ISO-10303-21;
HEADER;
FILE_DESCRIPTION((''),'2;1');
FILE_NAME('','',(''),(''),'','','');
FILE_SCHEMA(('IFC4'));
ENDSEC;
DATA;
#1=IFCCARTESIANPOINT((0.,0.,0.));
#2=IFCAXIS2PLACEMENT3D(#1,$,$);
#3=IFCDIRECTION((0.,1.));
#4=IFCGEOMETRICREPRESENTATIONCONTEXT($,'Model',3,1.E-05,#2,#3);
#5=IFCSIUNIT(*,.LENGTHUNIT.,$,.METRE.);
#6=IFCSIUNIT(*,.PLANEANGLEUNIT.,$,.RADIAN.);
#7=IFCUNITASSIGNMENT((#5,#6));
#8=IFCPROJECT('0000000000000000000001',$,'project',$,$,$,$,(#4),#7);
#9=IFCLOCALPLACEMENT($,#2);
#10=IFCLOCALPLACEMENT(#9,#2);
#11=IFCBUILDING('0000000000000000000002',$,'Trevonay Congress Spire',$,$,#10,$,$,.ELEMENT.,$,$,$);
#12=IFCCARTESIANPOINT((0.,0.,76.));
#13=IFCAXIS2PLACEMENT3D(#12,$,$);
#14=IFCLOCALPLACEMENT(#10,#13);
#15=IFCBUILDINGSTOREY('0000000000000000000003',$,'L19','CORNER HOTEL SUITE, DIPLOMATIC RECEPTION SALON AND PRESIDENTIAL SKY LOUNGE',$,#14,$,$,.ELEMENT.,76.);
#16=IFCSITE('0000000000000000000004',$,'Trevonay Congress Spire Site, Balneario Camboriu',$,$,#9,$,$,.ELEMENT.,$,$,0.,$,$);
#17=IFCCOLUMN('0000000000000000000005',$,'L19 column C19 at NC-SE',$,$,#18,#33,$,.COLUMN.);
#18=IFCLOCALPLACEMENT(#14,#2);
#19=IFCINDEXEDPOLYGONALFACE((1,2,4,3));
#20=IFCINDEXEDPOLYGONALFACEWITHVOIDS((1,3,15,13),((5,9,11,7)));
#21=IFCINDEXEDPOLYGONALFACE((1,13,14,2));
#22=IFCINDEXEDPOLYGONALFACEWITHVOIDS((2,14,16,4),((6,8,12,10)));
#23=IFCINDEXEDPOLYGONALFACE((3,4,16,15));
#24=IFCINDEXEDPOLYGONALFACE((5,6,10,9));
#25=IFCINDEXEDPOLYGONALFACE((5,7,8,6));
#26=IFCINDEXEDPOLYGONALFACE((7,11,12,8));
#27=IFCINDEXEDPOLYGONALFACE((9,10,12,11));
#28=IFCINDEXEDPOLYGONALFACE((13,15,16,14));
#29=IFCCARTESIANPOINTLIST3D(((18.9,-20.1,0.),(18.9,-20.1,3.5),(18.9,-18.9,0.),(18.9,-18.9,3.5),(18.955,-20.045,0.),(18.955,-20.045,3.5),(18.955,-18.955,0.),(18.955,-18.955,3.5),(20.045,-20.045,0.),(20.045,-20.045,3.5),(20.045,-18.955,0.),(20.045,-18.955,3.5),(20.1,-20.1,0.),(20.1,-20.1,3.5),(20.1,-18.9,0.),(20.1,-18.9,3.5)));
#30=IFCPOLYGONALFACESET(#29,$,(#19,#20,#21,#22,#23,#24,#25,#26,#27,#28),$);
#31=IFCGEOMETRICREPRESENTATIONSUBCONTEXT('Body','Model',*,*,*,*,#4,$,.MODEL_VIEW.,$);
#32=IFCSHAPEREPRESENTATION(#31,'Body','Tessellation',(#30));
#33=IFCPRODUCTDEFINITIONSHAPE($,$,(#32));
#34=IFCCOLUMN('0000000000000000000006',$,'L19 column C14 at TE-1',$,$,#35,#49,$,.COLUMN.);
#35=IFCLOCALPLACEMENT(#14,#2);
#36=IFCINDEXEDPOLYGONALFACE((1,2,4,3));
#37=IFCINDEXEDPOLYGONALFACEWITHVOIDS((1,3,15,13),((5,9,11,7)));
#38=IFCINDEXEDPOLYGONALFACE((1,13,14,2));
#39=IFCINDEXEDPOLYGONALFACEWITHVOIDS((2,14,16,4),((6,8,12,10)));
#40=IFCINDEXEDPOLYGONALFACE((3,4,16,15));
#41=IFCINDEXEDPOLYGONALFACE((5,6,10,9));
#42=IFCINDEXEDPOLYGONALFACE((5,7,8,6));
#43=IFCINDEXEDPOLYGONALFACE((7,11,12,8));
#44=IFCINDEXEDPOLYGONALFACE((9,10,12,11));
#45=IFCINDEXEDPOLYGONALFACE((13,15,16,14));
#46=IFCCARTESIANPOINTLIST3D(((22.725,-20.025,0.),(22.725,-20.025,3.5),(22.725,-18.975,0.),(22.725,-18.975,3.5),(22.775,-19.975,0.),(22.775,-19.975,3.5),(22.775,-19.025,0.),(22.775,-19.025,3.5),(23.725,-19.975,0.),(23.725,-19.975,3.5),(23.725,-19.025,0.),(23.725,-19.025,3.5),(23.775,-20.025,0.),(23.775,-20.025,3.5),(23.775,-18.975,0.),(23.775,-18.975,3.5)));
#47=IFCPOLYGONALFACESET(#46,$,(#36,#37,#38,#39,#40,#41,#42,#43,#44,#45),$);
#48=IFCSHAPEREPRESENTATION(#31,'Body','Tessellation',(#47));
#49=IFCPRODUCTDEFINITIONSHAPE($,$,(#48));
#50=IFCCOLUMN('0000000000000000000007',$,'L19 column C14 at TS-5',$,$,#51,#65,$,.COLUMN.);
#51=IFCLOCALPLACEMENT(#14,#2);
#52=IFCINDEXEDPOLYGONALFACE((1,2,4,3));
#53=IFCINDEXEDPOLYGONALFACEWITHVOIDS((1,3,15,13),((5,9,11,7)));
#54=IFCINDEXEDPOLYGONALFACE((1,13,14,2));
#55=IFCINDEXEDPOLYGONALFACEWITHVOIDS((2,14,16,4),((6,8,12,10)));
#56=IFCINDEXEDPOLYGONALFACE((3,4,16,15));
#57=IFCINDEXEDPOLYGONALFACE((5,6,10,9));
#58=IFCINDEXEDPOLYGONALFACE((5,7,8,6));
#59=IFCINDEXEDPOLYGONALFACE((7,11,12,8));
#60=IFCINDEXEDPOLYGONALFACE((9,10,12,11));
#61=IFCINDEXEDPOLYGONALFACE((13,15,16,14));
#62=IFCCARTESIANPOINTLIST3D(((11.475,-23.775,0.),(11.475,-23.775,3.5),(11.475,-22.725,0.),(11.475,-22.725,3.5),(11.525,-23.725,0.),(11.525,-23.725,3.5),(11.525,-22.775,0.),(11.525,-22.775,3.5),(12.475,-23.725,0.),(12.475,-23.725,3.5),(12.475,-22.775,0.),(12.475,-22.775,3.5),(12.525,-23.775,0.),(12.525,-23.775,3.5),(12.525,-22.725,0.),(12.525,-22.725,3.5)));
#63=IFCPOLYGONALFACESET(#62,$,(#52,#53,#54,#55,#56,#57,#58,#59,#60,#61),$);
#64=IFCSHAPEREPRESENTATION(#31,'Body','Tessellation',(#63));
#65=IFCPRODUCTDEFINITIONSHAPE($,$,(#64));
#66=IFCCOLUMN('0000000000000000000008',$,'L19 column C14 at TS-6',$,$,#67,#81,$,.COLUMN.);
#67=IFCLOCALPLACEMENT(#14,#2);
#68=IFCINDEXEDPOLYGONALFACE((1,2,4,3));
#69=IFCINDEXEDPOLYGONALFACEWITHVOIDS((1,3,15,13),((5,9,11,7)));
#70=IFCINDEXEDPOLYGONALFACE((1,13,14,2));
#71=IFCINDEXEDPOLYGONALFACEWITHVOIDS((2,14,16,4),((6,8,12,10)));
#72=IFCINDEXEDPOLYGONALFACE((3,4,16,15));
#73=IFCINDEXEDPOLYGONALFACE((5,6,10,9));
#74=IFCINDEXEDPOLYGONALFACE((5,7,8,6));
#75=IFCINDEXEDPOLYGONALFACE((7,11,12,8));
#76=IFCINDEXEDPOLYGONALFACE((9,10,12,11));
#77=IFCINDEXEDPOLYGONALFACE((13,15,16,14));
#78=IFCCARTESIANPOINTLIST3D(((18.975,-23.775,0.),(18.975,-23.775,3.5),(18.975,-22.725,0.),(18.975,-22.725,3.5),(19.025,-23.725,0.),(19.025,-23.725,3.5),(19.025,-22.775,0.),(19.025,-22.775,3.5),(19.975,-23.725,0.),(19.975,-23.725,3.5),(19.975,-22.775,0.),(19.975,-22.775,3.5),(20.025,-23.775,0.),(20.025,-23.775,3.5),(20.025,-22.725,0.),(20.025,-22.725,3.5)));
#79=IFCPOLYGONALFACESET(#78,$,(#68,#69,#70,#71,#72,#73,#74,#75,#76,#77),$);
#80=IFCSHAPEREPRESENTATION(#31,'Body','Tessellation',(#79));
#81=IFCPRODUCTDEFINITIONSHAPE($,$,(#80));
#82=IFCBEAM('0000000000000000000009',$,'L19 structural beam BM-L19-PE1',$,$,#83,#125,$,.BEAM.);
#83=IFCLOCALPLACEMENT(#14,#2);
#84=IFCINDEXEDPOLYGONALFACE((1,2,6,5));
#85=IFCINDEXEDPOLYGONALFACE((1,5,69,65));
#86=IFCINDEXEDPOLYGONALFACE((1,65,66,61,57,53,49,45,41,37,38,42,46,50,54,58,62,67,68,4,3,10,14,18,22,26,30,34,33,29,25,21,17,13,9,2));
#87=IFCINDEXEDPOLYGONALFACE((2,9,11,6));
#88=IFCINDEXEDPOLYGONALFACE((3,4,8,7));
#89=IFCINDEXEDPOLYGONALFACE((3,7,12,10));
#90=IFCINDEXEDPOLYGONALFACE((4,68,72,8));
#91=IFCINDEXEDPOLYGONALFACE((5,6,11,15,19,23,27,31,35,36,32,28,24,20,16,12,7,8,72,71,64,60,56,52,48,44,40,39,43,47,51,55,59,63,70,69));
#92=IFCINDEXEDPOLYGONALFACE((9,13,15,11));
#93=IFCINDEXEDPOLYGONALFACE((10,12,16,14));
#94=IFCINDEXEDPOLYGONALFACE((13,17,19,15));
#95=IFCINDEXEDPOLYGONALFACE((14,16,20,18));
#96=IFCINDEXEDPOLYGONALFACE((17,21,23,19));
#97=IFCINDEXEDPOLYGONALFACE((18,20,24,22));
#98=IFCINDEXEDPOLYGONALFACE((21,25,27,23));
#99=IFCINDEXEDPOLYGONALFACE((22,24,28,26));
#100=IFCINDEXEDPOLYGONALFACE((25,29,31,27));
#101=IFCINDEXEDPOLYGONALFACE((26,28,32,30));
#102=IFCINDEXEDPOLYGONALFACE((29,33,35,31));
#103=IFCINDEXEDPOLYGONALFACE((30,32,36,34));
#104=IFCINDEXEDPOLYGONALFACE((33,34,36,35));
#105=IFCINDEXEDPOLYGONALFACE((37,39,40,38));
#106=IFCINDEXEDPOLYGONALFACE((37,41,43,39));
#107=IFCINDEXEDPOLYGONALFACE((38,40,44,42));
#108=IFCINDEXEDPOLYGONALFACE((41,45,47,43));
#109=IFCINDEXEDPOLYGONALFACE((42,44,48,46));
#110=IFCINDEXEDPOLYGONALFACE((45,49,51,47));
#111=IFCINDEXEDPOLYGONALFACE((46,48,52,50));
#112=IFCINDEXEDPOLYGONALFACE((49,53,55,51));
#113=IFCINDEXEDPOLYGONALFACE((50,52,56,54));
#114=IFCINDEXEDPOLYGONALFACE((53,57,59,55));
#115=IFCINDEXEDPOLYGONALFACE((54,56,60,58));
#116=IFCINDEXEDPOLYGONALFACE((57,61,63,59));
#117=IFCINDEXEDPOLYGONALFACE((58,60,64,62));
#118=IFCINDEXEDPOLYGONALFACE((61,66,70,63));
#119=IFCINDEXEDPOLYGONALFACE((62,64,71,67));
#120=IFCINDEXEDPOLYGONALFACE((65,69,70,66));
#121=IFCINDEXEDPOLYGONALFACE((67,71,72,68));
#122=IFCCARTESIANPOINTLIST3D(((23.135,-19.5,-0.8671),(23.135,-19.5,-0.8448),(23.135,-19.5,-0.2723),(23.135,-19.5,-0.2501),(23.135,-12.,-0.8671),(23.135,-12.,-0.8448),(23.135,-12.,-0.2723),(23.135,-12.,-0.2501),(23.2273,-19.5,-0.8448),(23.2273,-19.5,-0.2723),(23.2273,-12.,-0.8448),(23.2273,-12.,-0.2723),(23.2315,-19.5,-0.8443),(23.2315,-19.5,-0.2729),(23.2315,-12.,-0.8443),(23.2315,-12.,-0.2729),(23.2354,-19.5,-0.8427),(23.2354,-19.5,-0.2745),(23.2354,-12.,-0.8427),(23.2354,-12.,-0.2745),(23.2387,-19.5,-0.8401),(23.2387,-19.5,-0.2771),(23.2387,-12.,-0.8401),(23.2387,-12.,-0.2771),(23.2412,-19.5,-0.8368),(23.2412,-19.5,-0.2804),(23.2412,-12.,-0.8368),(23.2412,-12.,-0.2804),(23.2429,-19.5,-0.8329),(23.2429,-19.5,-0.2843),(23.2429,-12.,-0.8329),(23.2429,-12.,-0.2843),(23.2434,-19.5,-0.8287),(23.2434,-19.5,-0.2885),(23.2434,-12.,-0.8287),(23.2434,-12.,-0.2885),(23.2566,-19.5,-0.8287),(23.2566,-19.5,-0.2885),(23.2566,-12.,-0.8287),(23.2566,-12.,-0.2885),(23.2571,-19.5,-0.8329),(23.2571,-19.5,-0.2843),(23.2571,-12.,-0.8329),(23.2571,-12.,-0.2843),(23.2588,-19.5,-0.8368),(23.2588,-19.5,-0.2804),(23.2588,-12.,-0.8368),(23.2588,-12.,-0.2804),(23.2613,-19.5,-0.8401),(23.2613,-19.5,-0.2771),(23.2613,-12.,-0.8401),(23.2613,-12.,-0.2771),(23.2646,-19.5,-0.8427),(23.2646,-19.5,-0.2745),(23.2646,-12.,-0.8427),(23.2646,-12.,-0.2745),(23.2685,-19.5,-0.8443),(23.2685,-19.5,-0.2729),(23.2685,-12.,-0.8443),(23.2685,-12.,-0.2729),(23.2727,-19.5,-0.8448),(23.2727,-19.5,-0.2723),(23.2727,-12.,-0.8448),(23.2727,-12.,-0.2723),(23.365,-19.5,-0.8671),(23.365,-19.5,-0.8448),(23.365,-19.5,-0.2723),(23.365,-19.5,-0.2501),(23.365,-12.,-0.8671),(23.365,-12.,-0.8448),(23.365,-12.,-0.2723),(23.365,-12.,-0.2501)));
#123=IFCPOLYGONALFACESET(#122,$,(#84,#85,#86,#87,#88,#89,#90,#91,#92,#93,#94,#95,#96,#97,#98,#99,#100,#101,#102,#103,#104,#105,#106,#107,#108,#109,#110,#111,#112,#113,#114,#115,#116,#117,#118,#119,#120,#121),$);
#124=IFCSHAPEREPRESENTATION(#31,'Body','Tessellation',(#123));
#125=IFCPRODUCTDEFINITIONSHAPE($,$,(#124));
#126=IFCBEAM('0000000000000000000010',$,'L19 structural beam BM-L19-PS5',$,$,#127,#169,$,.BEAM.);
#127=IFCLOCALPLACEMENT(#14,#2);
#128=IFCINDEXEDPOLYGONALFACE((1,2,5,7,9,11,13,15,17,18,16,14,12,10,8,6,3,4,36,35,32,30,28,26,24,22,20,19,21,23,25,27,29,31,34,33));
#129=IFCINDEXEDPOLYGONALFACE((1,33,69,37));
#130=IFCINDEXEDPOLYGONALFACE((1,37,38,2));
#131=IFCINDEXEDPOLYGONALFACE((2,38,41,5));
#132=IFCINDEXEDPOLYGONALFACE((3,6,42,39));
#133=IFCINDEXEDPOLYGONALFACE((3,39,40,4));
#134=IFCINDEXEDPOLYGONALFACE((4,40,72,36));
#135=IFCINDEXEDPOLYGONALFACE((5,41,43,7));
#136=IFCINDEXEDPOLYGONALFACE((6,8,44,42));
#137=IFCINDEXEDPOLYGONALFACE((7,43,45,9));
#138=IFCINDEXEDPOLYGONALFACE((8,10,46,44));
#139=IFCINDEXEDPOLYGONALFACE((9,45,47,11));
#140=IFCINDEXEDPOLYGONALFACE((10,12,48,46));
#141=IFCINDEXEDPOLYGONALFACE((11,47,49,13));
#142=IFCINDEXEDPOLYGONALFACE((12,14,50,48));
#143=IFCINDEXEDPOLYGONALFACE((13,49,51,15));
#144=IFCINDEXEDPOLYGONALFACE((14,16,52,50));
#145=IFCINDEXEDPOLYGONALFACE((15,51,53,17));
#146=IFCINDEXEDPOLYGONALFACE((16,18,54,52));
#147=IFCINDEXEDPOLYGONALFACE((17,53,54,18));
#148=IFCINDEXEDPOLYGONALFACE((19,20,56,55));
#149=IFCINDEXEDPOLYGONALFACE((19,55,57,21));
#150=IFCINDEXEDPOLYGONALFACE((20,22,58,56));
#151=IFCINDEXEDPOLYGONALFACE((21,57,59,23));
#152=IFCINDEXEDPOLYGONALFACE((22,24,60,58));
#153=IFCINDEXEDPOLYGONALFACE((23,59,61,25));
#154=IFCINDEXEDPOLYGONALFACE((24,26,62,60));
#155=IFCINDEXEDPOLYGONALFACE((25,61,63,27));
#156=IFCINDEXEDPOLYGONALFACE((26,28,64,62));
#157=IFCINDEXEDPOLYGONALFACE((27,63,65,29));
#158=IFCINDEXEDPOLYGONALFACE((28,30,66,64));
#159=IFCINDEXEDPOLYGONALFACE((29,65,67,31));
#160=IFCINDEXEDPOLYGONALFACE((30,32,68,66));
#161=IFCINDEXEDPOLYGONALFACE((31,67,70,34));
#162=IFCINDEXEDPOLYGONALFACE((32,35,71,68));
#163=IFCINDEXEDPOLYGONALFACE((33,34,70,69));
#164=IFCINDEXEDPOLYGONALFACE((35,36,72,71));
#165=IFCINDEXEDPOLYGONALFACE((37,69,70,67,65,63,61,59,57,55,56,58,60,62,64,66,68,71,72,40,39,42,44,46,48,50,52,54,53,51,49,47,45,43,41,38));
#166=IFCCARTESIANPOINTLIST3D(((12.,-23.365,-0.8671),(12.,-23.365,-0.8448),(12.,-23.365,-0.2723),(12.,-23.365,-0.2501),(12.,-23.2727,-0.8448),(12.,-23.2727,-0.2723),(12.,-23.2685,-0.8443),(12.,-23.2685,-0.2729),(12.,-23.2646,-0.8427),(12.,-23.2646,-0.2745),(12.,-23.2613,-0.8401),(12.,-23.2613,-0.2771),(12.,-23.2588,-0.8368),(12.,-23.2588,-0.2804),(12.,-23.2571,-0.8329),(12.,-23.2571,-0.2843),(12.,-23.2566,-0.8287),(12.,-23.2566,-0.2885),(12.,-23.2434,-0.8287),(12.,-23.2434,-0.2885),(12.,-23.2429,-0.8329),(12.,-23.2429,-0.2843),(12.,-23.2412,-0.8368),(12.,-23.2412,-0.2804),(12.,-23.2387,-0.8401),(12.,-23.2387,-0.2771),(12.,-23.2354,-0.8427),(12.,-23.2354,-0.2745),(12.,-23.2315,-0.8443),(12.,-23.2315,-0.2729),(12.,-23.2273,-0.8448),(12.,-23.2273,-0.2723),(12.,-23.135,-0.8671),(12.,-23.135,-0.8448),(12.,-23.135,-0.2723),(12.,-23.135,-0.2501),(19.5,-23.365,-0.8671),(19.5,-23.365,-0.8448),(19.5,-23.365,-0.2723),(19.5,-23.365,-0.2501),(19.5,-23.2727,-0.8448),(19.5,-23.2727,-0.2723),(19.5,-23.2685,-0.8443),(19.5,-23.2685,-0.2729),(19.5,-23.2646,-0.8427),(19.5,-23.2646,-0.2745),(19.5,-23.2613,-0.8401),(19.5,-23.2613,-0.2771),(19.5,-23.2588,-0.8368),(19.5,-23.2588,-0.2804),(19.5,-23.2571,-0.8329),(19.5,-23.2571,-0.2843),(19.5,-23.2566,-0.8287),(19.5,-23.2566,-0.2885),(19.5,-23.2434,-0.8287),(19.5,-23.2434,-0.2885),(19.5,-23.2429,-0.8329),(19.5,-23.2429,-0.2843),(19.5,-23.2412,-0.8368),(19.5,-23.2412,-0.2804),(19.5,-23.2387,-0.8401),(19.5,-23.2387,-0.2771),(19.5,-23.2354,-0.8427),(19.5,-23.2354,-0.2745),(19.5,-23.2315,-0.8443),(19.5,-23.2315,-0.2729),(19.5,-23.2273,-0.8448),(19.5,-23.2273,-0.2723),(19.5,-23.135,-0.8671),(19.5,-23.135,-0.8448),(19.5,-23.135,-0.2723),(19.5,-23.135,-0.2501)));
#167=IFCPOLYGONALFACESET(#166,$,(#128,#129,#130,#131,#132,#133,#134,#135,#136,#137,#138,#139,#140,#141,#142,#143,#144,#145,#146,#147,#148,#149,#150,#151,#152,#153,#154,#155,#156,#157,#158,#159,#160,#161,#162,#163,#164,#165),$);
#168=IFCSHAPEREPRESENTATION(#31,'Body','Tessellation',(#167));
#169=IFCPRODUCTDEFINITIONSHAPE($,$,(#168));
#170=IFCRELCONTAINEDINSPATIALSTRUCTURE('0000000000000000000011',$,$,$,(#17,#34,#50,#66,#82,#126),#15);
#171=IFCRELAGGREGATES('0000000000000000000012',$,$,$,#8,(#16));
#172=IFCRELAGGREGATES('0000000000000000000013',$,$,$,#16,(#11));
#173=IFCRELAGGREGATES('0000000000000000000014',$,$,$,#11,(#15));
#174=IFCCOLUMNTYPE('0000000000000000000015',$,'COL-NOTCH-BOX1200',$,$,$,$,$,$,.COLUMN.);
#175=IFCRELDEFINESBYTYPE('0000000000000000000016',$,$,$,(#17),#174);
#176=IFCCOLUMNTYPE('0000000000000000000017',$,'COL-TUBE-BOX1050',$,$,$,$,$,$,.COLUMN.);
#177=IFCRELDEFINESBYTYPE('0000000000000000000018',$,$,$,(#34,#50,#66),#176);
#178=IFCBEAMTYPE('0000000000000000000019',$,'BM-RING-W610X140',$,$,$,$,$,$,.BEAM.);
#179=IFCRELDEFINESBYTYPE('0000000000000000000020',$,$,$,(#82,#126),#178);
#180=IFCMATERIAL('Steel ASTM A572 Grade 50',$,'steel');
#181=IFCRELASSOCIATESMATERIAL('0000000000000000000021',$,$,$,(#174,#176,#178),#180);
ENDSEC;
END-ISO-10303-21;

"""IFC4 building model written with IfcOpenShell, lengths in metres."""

from ifc_helpers import new_model, si_unit, direction, frame, origin, origin_2d, place, context, subcontext, project, spatial, hollow_rectangle, i_section, extrude, material, material_profile, profile_set, type_object, element, save


model = new_model("IFC4")

# Units and contexts
model_context = context("Model", 3, precision=1e-05, world=origin(), true_north=direction((0.0, 1.0)))
body_context = subcontext(model_context, "Body", "Model", "MODEL_VIEW")
ifc_project = project(units=[si_unit("LENGTHUNIT", "METRE"), si_unit("PLANEANGLEUNIT", "RADIAN")], contexts=[model_context])

# Site, building, storey
site_placement = place(None, origin())
site = spatial("IfcSite", under=ifc_project, at=site_placement, Name="Trevonay Congress Spire Site, Balneario Camboriu", CompositionType="ELEMENT", RefElevation=0.0)
building_placement = place(site_placement, origin())
building = spatial("IfcBuilding", under=site, at=building_placement, Name="Trevonay Congress Spire", CompositionType="ELEMENT")
storey_placement = place(building_placement, frame((0.0, 0.0, 76.0)))
storey = spatial("IfcBuildingStorey", under=building, at=storey_placement, Name="L19", Description="CORNER HOTEL SUITE, DIPLOMATIC RECEPTION SALON AND PRESIDENTIAL SKY LOUNGE", CompositionType="ELEMENT", Elevation=76.0)

# Columns
ifc_material_1 = material(Name="Steel ASTM A572 Grade 50", Category="steel")
ifc_material_profile_1 = material_profile(ifc_material_1, hollow_rectangle(XDim=1.2, YDim=1.2, WallThickness=0.0549, at=origin_2d()), Name="BOX 1200x1200x55")
ifc_profile_set_1 = profile_set([ifc_material_profile_1], Name="Steel ASTM A572 Grade 50")
column_type_1 = type_object("IfcColumnType", Name="COL-NOTCH-BOX1200", PredefinedType="COLUMN", material=ifc_profile_set_1)
column_placement = place(storey_placement, frame((19.5, -19.5, 0.0), z_axis=(0.0, 0.0, 1.0), x_axis=(1.0, 0.0, 0.0)))
element("IfcColumn", 1, at=column_placement, inside=storey, type_object=column_type_1, Name="L19 column C19 at NC-SE", PredefinedType="COLUMN", context=body_context, shape_type="SweptSolid", body=[
    extrude(hollow_rectangle(XDim=1.2, YDim=1.2, WallThickness=0.0549, at=origin_2d()), origin(), (0.0, 0.0, 1.0), 3.5),
])
ifc_material_profile_2 = material_profile(ifc_material_1, hollow_rectangle(XDim=1.05, YDim=1.05, WallThickness=0.05, at=origin_2d()), Name="BOX 1050x1050x50")
ifc_profile_set_2 = profile_set([ifc_material_profile_2], Name="Steel ASTM A572 Grade 50")
column_type_2 = type_object("IfcColumnType", Name="COL-TUBE-BOX1050", PredefinedType="COLUMN", material=ifc_profile_set_2)
for number, where, z_axis, x_axis, name in (
    (2, (23.25, -19.5, 0.0), (0.0, 0.0, 1.0), (1.0, 0.0, 0.0), "L19 column C14 at TE-1"),
    (3, (12.0, -23.25, 0.0), (0.0, 0.0, 1.0), (1.0, 0.0, 0.0), "L19 column C14 at TS-5"),
    (4, (19.5, -23.25, 0.0), (0.0, 0.0, 1.0), (1.0, 0.0, 0.0), "L19 column C14 at TS-6"),
):
    element("IfcColumn", number, at=place(storey_placement, frame(where, z_axis=z_axis, x_axis=x_axis)), inside=storey, type_object=column_type_2, Name=name, PredefinedType="COLUMN", context=body_context, shape_type="SweptSolid", body=[
        extrude(hollow_rectangle(XDim=1.05, YDim=1.05, WallThickness=0.05, at=origin_2d()), origin(), (0.0, 0.0, 1.0), 3.5),
    ])

# Beams
ifc_material_profile_3 = material_profile(ifc_material_1, i_section(OverallWidth=0.23, OverallDepth=0.6169, WebThickness=0.0132, FlangeThickness=0.0222, FilletRadius=0.0161, at=origin_2d()), Name="W610x140")
ifc_profile_set_3 = profile_set([ifc_material_profile_3], Name="Steel ASTM A572 Grade 50")
beam_type_1 = type_object("IfcBeamType", Name="BM-RING-W610X140", PredefinedType="BEAM", material=ifc_profile_set_3)
for number, where, z_axis, x_axis, name in (
    (5, (23.25, -19.5, -0.5586), (0.0, 1.0, 0.0), (-1.0, 0.0, 0.0), "L19 structural beam BM-L19-PE1"),
    (6, (12.0, -23.25, -0.5586), (1.0, 0.0, 0.0), (0.0, 1.0, 0.0), "L19 structural beam BM-L19-PS5"),
):
    element("IfcBeam", number, at=place(storey_placement, frame(where, z_axis=z_axis, x_axis=x_axis)), inside=storey, type_object=beam_type_1, Name=name, PredefinedType="BEAM", context=body_context, shape_type="SweptSolid", body=[
        extrude(i_section(OverallWidth=0.23, OverallDepth=0.6169, WebThickness=0.0132, FlangeThickness=0.0222, FilletRadius=0.0161, at=origin_2d()), origin(), (0.0, 0.0, 1.0), 7.5),
    ])

save(model, "model.ifc")
